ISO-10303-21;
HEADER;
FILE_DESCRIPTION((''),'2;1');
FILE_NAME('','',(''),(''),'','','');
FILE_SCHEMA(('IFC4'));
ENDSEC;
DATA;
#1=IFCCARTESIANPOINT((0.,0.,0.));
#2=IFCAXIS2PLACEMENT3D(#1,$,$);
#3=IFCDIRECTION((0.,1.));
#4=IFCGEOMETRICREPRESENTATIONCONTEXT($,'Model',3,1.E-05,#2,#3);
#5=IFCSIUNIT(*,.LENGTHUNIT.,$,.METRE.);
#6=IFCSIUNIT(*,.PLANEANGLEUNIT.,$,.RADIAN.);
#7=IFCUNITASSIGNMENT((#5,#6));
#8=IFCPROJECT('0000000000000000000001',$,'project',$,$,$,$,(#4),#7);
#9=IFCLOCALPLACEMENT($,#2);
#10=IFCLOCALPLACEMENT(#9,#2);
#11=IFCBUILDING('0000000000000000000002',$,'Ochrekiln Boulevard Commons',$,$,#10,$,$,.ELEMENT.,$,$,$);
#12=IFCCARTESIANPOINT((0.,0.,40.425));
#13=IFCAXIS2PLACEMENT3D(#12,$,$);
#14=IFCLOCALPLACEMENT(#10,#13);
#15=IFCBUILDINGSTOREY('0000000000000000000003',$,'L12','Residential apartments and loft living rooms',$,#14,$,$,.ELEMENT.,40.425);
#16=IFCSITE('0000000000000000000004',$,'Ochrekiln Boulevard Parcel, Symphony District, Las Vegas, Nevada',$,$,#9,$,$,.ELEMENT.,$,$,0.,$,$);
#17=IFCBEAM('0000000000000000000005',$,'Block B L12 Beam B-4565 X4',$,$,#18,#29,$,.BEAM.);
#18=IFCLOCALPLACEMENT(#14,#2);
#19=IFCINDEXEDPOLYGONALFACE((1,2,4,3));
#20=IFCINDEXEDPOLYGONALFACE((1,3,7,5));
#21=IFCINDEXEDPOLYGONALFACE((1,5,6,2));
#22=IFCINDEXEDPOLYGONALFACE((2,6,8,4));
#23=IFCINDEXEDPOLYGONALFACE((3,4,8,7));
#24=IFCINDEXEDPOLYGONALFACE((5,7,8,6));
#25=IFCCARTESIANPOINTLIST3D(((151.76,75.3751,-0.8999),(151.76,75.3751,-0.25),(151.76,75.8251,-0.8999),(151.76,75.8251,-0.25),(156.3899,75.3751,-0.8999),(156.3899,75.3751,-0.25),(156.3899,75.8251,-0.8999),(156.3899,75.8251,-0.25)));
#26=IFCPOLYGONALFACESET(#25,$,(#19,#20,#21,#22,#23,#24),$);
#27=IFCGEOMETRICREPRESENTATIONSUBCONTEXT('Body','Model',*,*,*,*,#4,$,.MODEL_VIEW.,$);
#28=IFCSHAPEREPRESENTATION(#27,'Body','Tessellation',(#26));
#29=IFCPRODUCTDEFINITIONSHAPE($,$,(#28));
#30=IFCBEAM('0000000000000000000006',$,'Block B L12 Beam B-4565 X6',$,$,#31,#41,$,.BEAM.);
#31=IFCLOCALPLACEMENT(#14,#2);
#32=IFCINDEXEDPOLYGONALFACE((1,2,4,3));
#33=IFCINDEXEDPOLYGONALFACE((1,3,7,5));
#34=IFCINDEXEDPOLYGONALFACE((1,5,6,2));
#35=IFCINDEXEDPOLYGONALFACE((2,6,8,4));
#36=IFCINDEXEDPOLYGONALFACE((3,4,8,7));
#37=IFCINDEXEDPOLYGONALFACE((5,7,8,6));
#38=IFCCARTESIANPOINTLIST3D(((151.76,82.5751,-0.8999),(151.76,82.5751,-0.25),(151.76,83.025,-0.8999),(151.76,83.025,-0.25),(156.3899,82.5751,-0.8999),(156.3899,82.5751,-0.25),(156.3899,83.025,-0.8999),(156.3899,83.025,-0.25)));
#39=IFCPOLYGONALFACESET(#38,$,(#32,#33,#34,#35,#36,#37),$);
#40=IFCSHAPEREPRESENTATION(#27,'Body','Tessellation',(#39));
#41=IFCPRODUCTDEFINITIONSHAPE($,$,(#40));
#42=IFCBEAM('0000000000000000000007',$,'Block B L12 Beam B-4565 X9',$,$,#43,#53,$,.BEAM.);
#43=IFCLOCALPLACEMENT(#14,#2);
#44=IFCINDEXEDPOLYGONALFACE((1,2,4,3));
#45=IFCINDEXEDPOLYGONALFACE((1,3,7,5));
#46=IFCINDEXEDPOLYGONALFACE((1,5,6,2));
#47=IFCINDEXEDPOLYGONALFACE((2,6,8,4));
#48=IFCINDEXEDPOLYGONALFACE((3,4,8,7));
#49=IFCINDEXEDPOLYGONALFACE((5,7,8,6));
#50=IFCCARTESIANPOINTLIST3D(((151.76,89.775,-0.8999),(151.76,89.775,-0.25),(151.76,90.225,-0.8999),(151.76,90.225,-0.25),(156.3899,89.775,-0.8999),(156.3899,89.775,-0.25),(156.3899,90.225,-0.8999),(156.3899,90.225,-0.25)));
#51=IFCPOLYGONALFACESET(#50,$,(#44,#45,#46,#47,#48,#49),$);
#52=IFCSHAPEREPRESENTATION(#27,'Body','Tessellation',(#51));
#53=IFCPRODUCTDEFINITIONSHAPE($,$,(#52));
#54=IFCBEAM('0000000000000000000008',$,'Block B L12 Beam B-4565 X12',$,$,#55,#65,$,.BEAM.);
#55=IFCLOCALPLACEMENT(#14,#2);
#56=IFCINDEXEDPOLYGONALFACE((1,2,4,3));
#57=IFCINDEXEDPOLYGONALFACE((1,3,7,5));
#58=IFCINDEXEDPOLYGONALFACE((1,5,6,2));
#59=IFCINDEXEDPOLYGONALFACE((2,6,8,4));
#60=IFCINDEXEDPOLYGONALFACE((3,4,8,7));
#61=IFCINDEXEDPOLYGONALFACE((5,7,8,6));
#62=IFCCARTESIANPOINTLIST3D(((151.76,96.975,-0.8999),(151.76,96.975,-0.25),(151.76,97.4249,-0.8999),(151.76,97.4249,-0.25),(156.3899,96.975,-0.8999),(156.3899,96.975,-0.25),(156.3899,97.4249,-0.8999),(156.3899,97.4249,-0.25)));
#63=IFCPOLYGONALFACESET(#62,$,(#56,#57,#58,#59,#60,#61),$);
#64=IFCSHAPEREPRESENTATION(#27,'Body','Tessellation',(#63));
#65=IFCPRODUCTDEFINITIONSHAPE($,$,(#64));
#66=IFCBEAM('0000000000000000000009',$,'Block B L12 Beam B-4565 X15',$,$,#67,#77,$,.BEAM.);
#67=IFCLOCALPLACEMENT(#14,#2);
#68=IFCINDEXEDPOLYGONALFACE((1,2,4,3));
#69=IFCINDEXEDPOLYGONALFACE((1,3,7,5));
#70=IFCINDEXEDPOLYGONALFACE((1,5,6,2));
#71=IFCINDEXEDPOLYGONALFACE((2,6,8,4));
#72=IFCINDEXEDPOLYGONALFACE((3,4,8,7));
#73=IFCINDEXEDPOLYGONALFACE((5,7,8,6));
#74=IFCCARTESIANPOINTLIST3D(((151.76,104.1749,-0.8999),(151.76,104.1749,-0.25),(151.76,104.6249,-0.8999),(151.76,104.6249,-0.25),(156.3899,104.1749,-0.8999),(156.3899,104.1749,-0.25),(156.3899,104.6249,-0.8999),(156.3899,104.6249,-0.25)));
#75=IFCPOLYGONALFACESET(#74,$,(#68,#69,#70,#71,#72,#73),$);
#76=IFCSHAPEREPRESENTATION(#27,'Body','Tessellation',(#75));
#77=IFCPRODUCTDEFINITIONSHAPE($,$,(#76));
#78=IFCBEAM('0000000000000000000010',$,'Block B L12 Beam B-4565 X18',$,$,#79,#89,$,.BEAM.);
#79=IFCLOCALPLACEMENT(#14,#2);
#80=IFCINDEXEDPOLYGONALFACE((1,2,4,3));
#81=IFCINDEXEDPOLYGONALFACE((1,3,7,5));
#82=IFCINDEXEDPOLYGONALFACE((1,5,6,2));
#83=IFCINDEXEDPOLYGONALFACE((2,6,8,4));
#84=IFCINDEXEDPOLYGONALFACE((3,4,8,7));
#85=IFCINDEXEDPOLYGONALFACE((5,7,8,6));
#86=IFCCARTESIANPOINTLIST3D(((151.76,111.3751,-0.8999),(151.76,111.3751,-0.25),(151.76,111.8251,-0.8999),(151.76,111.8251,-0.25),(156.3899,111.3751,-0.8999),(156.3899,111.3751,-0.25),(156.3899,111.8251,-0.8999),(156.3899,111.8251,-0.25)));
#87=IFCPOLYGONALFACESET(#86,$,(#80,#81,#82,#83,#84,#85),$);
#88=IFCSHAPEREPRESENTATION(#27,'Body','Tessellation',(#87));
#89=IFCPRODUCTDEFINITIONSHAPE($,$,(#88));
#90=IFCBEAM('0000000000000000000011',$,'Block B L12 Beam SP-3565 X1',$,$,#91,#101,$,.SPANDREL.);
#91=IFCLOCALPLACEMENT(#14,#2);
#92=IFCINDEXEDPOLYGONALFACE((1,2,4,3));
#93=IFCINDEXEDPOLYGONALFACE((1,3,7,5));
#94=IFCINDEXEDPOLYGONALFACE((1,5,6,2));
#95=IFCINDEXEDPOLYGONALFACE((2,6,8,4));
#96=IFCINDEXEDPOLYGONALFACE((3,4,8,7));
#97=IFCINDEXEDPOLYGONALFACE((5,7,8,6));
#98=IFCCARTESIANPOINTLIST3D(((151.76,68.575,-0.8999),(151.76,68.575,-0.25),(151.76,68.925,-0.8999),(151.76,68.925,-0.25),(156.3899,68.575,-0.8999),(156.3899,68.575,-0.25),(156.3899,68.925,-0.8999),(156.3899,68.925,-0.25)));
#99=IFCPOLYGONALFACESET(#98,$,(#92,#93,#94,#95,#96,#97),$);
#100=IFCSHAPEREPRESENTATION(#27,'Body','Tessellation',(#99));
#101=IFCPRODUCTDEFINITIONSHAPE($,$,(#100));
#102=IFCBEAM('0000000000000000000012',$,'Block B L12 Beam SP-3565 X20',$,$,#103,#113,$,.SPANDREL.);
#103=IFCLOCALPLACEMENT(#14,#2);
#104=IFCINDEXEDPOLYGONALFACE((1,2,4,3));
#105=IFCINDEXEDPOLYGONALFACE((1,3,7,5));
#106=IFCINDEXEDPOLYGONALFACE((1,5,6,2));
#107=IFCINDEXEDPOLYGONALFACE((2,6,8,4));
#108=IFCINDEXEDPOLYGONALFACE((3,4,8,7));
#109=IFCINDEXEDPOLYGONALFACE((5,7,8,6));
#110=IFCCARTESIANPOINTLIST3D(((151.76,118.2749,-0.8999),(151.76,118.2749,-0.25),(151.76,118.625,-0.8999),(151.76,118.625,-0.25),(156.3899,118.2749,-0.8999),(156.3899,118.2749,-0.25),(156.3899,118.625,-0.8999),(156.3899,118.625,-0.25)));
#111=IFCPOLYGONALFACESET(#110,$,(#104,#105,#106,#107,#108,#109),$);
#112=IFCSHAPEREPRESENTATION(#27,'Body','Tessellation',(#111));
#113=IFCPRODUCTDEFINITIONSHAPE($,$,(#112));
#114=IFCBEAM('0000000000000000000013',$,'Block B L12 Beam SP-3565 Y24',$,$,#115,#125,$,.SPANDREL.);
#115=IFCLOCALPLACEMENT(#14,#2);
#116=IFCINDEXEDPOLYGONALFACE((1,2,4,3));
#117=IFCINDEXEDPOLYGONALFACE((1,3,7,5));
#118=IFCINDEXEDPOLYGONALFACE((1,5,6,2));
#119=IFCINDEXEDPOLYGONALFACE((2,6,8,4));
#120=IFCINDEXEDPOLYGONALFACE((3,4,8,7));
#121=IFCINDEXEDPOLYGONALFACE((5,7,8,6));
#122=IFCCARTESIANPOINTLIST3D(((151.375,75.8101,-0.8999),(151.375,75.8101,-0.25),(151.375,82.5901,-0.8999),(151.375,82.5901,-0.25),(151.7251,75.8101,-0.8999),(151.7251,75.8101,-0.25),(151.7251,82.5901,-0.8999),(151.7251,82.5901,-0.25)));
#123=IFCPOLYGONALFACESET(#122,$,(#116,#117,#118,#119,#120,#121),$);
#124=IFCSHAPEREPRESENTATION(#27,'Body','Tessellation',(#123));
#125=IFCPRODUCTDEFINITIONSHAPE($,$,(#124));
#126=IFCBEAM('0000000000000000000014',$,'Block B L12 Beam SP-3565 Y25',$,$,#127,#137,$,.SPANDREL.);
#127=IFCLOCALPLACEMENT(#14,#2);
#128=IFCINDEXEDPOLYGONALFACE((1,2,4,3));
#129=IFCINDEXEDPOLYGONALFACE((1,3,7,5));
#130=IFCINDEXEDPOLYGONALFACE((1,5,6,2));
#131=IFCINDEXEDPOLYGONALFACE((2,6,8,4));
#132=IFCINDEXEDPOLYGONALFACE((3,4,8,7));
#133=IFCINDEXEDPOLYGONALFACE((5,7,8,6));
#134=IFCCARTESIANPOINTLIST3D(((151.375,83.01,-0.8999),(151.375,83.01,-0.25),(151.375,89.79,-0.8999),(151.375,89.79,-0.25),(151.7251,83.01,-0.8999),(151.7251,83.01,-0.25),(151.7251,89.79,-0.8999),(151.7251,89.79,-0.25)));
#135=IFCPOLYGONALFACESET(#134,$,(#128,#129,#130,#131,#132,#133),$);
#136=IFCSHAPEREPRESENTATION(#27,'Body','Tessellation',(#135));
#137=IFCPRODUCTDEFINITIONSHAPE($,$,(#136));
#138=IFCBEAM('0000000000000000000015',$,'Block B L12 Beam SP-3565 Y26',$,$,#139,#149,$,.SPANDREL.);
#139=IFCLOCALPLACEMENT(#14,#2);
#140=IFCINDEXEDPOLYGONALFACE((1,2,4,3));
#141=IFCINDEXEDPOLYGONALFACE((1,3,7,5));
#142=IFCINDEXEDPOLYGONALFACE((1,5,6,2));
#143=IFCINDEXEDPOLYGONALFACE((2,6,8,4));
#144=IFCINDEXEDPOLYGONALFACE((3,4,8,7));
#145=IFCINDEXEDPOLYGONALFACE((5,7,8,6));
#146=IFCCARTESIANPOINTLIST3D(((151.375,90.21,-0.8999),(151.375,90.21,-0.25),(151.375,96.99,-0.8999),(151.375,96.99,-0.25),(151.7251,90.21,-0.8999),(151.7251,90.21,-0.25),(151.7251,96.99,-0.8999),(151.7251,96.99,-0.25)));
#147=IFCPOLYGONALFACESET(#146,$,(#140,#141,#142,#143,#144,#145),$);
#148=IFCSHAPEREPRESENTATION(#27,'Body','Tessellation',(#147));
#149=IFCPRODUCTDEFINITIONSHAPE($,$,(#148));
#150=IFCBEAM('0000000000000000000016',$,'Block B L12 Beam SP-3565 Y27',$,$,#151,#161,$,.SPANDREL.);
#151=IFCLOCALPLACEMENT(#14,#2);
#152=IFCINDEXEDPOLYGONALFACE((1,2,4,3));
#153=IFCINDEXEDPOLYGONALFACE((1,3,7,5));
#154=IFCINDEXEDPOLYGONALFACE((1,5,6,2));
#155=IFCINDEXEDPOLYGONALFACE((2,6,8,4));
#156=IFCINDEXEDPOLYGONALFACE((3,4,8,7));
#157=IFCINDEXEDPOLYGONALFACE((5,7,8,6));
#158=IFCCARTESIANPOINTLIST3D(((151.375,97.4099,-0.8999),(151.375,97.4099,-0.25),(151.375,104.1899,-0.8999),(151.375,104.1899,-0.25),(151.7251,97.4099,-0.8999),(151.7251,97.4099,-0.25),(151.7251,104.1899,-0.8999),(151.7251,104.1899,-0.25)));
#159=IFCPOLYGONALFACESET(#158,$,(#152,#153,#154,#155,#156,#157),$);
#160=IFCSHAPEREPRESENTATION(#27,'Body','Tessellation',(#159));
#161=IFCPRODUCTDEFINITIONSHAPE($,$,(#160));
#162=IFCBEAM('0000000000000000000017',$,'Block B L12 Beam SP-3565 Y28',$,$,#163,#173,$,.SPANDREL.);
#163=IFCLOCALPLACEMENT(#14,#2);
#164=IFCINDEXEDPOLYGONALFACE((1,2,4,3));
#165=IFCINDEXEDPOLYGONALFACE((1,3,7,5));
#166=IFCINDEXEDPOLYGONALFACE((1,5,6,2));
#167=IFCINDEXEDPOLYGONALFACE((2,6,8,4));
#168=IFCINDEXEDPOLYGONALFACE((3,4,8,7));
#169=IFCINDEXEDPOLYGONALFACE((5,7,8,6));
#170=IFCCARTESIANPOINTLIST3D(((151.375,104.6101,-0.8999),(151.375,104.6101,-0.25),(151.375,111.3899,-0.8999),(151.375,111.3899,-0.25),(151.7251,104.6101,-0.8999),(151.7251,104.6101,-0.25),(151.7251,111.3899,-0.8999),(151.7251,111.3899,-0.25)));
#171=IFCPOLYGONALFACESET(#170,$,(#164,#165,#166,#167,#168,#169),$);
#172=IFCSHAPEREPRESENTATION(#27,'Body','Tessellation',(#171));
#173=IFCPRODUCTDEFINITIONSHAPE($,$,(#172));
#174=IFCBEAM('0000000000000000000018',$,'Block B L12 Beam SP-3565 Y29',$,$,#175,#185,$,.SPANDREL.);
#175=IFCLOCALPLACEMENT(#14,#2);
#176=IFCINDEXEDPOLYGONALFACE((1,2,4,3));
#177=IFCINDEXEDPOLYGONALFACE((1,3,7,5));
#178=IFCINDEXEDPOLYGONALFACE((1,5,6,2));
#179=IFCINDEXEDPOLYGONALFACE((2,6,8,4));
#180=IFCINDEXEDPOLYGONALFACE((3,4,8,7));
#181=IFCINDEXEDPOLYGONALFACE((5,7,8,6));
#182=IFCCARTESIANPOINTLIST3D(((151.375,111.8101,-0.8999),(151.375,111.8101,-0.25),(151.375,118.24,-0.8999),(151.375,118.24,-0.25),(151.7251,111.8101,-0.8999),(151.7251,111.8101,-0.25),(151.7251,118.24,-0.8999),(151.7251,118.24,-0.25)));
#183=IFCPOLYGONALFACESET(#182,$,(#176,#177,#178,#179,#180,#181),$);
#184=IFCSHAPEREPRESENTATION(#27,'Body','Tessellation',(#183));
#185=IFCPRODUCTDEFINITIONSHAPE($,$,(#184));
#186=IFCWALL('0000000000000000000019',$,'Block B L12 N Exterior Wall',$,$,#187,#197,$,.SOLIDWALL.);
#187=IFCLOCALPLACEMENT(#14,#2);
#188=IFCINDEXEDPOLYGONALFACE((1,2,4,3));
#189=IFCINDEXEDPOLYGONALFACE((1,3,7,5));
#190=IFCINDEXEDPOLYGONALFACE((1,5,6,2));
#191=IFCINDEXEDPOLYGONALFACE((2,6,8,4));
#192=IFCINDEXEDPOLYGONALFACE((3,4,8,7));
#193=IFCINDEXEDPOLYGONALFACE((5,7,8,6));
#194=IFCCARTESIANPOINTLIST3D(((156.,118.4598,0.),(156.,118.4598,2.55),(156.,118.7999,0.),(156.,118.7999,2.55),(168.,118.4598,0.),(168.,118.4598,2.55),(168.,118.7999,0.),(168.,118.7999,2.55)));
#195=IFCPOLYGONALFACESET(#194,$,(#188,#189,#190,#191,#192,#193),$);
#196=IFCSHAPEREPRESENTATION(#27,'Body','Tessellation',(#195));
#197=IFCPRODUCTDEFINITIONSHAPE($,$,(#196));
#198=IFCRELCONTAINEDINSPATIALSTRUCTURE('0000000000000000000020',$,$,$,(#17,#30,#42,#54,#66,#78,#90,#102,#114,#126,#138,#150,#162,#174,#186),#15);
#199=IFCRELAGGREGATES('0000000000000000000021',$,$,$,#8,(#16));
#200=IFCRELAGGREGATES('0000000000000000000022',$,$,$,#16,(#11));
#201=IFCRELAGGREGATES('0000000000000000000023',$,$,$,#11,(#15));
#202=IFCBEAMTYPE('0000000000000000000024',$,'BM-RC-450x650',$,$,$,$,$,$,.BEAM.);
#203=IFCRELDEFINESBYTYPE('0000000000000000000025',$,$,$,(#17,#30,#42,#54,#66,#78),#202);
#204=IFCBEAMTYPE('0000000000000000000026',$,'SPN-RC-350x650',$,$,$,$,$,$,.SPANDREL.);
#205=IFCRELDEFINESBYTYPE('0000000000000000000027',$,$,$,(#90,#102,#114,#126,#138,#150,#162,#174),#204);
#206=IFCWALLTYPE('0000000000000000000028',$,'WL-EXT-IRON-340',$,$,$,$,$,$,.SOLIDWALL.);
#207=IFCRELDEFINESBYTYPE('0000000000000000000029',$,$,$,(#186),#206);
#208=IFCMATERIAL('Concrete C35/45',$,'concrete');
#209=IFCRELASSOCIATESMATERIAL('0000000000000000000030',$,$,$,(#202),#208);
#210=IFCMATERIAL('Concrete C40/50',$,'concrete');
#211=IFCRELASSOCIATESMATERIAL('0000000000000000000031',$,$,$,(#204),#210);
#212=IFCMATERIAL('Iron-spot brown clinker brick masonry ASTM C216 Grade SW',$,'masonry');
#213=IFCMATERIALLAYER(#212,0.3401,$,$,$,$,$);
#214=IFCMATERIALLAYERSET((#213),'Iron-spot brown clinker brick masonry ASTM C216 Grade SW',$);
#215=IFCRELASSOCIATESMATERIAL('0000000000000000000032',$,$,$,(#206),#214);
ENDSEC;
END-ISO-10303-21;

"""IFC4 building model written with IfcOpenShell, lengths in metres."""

from ifc_helpers import new_model, si_unit, direction, frame, frame_2d, origin, origin_2d, place, context, subcontext, project, spatial, rectangle, extrude, material, layer, layer_set, material_profile, profile_set, type_object, element, save


model = new_model("IFC4")

# Units and contexts
model_context = context("Model", 3, precision=1e-05, world=origin(), true_north=direction((0.0, 1.0)))
body_context = subcontext(model_context, "Body", "Model", "MODEL_VIEW")
ifc_project = project(units=[si_unit("LENGTHUNIT", "METRE"), si_unit("PLANEANGLEUNIT", "RADIAN")], contexts=[model_context])

# Site, building, storey
site_placement = place(None, origin())
site = spatial("IfcSite", under=ifc_project, at=site_placement, Name="Ochrekiln Boulevard Parcel, Symphony District, Las Vegas, Nevada", CompositionType="ELEMENT", RefElevation=0.0)
building_placement = place(site_placement, origin())
building = spatial("IfcBuilding", under=site, at=building_placement, Name="Ochrekiln Boulevard Commons", CompositionType="ELEMENT")
storey_placement = place(building_placement, frame((0.0, 0.0, 40.425)))
storey = spatial("IfcBuildingStorey", under=building, at=storey_placement, Name="L12", Description="Residential apartments and loft living rooms", CompositionType="ELEMENT", Elevation=40.425)

# Beams
ifc_material_1 = material(Name="Concrete C35/45", Category="concrete")
ifc_material_profile_1 = material_profile(ifc_material_1, rectangle(XDim=0.45, YDim=0.6499, at=origin_2d()), Name="RC-BM-450x650")
ifc_profile_set_1 = profile_set([ifc_material_profile_1], Name="Concrete C35/45")
beam_type_1 = type_object("IfcBeamType", Name="BM-RC-450x650", PredefinedType="BEAM", material=ifc_profile_set_1)
for number, where, z_axis, x_axis, name in (
    (1, (151.76, 75.6001, -0.575), (1.0, 0.0, 0.0), (0.0, 1.0, 0.0), "Block B L12 Beam B-4565 X4"),
    (2, (151.76, 82.8, -0.575), (1.0, 0.0, 0.0), (0.0, 1.0, 0.0), "Block B L12 Beam B-4565 X6"),
    (3, (151.76, 90.0, -0.575), (1.0, 0.0, 0.0), (0.0, 1.0, 0.0), "Block B L12 Beam B-4565 X9"),
    (4, (151.76, 97.2, -0.575), (1.0, 0.0, 0.0), (0.0, 1.0, 0.0), "Block B L12 Beam B-4565 X12"),
    (5, (151.76, 104.3999, -0.575), (1.0, 0.0, 0.0), (0.0, 1.0, 0.0), "Block B L12 Beam B-4565 X15"),
    (6, (151.76, 111.6001, -0.575), (1.0, 0.0, 0.0), (0.0, 1.0, 0.0), "Block B L12 Beam B-4565 X18"),
):
    element("IfcBeam", number, at=place(storey_placement, frame(where, z_axis=z_axis, x_axis=x_axis)), inside=storey, type_object=beam_type_1, Name=name, PredefinedType="BEAM", context=body_context, shape_type="SweptSolid", body=[
        extrude(rectangle(XDim=0.45, YDim=0.6499, at=origin_2d()), origin(), (0.0, 0.0, 1.0), 4.6299),
    ])
ifc_material_2 = material(Name="Concrete C40/50", Category="concrete")
ifc_material_profile_2 = material_profile(ifc_material_2, rectangle(XDim=0.3501, YDim=0.6499, at=origin_2d()), Name="RC-SPN-350x650")
ifc_profile_set_2 = profile_set([ifc_material_profile_2], Name="Concrete C40/50")
beam_type_2 = type_object("IfcBeamType", Name="SPN-RC-350x650", PredefinedType="SPANDREL", material=ifc_profile_set_2)
for number, where, z_axis, x_axis, name in (
    (7, (151.76, 68.75, -0.575), (1.0, 0.0, 0.0), (0.0, 1.0, 0.0), "Block B L12 Beam SP-3565 X1"),
    (8, (151.76, 118.45, -0.575), (1.0, 0.0, 0.0), (0.0, 1.0, 0.0), "Block B L12 Beam SP-3565 X20"),
):
    element("IfcBeam", number, at=place(storey_placement, frame(where, z_axis=z_axis, x_axis=x_axis)), inside=storey, type_object=beam_type_2, Name=name, PredefinedType="SPANDREL", context=body_context, shape_type="SweptSolid", body=[
        extrude(rectangle(XDim=0.3501, YDim=0.6499, at=origin_2d()), origin(), (0.0, 0.0, 1.0), 4.6299),
    ])
for number, where, z_axis, x_axis, name in (
    (9, (151.55, 75.8101, -0.575), (0.0, 1.0, 0.0), (-1.0, 0.0, 0.0), "Block B L12 Beam SP-3565 Y24"),
    (10, (151.55, 83.01, -0.575), (0.0, 1.0, 0.0), (-1.0, 0.0, 0.0), "Block B L12 Beam SP-3565 Y25"),
    (11, (151.55, 90.21, -0.575), (0.0, 1.0, 0.0), (-1.0, 0.0, 0.0), "Block B L12 Beam SP-3565 Y26"),
    (12, (151.55, 97.4099, -0.575), (0.0, 1.0, 0.0), (-1.0, 0.0, 0.0), "Block B L12 Beam SP-3565 Y27"),
):
    element("IfcBeam", number, at=place(storey_placement, frame(where, z_axis=z_axis, x_axis=x_axis)), inside=storey, type_object=beam_type_2, Name=name, PredefinedType="SPANDREL", context=body_context, shape_type="SweptSolid", body=[
        extrude(rectangle(XDim=0.3501, YDim=0.6499, at=origin_2d()), origin(), (0.0, 0.0, 1.0), 6.78),
    ])
beam_1_placement = place(storey_placement, frame((151.55, 104.6101, -0.575), z_axis=(0.0, 1.0, 0.0), x_axis=(-1.0, 0.0, 0.0)))
element("IfcBeam", 13, at=beam_1_placement, inside=storey, type_object=beam_type_2, Name="Block B L12 Beam SP-3565 Y28", PredefinedType="SPANDREL", context=body_context, shape_type="SweptSolid", body=[
    extrude(rectangle(XDim=0.3501, YDim=0.6499, at=origin_2d()), origin(), (0.0, 0.0, 1.0), 6.7798),
])
beam_2_placement = place(storey_placement, frame((151.55, 111.8101, -0.575), z_axis=(0.0, 1.0, 0.0), x_axis=(-1.0, 0.0, 0.0)))
element("IfcBeam", 14, at=beam_2_placement, inside=storey, type_object=beam_type_2, Name="Block B L12 Beam SP-3565 Y29", PredefinedType="SPANDREL", context=body_context, shape_type="SweptSolid", body=[
    extrude(rectangle(XDim=0.3501, YDim=0.6499, at=origin_2d()), origin(), (0.0, 0.0, 1.0), 6.4299),
])

# Wall
ifc_material_3 = material(Name="Iron-spot brown clinker brick masonry ASTM C216 Grade SW", Category="masonry")
ifc_layer_1 = layer(ifc_material_3, 0.3401)
ifc_layer_set_1 = layer_set([ifc_layer_1], Name="Iron-spot brown clinker brick masonry ASTM C216 Grade SW")
wall_type_1 = type_object("IfcWallType", Name="WL-EXT-IRON-340", PredefinedType="SOLIDWALL", material=ifc_layer_set_1)
wall_1_placement = place(storey_placement, frame((156.0, 118.6299, 0.0), z_axis=(0.0, 0.0, 1.0), x_axis=(1.0, 0.0, 0.0)))
element("IfcWall", 15, at=wall_1_placement, inside=storey, type_object=wall_type_1, Name="Block B L12 N Exterior Wall", PredefinedType="SOLIDWALL", context=body_context, shape_type="SweptSolid", body=[
    extrude(rectangle(XDim=12.0, YDim=0.3401, at=frame_2d((6.0, 0.0))), origin(), (0.0, 0.0, 1.0), 2.55),
])

save(model, "model.ifc")
